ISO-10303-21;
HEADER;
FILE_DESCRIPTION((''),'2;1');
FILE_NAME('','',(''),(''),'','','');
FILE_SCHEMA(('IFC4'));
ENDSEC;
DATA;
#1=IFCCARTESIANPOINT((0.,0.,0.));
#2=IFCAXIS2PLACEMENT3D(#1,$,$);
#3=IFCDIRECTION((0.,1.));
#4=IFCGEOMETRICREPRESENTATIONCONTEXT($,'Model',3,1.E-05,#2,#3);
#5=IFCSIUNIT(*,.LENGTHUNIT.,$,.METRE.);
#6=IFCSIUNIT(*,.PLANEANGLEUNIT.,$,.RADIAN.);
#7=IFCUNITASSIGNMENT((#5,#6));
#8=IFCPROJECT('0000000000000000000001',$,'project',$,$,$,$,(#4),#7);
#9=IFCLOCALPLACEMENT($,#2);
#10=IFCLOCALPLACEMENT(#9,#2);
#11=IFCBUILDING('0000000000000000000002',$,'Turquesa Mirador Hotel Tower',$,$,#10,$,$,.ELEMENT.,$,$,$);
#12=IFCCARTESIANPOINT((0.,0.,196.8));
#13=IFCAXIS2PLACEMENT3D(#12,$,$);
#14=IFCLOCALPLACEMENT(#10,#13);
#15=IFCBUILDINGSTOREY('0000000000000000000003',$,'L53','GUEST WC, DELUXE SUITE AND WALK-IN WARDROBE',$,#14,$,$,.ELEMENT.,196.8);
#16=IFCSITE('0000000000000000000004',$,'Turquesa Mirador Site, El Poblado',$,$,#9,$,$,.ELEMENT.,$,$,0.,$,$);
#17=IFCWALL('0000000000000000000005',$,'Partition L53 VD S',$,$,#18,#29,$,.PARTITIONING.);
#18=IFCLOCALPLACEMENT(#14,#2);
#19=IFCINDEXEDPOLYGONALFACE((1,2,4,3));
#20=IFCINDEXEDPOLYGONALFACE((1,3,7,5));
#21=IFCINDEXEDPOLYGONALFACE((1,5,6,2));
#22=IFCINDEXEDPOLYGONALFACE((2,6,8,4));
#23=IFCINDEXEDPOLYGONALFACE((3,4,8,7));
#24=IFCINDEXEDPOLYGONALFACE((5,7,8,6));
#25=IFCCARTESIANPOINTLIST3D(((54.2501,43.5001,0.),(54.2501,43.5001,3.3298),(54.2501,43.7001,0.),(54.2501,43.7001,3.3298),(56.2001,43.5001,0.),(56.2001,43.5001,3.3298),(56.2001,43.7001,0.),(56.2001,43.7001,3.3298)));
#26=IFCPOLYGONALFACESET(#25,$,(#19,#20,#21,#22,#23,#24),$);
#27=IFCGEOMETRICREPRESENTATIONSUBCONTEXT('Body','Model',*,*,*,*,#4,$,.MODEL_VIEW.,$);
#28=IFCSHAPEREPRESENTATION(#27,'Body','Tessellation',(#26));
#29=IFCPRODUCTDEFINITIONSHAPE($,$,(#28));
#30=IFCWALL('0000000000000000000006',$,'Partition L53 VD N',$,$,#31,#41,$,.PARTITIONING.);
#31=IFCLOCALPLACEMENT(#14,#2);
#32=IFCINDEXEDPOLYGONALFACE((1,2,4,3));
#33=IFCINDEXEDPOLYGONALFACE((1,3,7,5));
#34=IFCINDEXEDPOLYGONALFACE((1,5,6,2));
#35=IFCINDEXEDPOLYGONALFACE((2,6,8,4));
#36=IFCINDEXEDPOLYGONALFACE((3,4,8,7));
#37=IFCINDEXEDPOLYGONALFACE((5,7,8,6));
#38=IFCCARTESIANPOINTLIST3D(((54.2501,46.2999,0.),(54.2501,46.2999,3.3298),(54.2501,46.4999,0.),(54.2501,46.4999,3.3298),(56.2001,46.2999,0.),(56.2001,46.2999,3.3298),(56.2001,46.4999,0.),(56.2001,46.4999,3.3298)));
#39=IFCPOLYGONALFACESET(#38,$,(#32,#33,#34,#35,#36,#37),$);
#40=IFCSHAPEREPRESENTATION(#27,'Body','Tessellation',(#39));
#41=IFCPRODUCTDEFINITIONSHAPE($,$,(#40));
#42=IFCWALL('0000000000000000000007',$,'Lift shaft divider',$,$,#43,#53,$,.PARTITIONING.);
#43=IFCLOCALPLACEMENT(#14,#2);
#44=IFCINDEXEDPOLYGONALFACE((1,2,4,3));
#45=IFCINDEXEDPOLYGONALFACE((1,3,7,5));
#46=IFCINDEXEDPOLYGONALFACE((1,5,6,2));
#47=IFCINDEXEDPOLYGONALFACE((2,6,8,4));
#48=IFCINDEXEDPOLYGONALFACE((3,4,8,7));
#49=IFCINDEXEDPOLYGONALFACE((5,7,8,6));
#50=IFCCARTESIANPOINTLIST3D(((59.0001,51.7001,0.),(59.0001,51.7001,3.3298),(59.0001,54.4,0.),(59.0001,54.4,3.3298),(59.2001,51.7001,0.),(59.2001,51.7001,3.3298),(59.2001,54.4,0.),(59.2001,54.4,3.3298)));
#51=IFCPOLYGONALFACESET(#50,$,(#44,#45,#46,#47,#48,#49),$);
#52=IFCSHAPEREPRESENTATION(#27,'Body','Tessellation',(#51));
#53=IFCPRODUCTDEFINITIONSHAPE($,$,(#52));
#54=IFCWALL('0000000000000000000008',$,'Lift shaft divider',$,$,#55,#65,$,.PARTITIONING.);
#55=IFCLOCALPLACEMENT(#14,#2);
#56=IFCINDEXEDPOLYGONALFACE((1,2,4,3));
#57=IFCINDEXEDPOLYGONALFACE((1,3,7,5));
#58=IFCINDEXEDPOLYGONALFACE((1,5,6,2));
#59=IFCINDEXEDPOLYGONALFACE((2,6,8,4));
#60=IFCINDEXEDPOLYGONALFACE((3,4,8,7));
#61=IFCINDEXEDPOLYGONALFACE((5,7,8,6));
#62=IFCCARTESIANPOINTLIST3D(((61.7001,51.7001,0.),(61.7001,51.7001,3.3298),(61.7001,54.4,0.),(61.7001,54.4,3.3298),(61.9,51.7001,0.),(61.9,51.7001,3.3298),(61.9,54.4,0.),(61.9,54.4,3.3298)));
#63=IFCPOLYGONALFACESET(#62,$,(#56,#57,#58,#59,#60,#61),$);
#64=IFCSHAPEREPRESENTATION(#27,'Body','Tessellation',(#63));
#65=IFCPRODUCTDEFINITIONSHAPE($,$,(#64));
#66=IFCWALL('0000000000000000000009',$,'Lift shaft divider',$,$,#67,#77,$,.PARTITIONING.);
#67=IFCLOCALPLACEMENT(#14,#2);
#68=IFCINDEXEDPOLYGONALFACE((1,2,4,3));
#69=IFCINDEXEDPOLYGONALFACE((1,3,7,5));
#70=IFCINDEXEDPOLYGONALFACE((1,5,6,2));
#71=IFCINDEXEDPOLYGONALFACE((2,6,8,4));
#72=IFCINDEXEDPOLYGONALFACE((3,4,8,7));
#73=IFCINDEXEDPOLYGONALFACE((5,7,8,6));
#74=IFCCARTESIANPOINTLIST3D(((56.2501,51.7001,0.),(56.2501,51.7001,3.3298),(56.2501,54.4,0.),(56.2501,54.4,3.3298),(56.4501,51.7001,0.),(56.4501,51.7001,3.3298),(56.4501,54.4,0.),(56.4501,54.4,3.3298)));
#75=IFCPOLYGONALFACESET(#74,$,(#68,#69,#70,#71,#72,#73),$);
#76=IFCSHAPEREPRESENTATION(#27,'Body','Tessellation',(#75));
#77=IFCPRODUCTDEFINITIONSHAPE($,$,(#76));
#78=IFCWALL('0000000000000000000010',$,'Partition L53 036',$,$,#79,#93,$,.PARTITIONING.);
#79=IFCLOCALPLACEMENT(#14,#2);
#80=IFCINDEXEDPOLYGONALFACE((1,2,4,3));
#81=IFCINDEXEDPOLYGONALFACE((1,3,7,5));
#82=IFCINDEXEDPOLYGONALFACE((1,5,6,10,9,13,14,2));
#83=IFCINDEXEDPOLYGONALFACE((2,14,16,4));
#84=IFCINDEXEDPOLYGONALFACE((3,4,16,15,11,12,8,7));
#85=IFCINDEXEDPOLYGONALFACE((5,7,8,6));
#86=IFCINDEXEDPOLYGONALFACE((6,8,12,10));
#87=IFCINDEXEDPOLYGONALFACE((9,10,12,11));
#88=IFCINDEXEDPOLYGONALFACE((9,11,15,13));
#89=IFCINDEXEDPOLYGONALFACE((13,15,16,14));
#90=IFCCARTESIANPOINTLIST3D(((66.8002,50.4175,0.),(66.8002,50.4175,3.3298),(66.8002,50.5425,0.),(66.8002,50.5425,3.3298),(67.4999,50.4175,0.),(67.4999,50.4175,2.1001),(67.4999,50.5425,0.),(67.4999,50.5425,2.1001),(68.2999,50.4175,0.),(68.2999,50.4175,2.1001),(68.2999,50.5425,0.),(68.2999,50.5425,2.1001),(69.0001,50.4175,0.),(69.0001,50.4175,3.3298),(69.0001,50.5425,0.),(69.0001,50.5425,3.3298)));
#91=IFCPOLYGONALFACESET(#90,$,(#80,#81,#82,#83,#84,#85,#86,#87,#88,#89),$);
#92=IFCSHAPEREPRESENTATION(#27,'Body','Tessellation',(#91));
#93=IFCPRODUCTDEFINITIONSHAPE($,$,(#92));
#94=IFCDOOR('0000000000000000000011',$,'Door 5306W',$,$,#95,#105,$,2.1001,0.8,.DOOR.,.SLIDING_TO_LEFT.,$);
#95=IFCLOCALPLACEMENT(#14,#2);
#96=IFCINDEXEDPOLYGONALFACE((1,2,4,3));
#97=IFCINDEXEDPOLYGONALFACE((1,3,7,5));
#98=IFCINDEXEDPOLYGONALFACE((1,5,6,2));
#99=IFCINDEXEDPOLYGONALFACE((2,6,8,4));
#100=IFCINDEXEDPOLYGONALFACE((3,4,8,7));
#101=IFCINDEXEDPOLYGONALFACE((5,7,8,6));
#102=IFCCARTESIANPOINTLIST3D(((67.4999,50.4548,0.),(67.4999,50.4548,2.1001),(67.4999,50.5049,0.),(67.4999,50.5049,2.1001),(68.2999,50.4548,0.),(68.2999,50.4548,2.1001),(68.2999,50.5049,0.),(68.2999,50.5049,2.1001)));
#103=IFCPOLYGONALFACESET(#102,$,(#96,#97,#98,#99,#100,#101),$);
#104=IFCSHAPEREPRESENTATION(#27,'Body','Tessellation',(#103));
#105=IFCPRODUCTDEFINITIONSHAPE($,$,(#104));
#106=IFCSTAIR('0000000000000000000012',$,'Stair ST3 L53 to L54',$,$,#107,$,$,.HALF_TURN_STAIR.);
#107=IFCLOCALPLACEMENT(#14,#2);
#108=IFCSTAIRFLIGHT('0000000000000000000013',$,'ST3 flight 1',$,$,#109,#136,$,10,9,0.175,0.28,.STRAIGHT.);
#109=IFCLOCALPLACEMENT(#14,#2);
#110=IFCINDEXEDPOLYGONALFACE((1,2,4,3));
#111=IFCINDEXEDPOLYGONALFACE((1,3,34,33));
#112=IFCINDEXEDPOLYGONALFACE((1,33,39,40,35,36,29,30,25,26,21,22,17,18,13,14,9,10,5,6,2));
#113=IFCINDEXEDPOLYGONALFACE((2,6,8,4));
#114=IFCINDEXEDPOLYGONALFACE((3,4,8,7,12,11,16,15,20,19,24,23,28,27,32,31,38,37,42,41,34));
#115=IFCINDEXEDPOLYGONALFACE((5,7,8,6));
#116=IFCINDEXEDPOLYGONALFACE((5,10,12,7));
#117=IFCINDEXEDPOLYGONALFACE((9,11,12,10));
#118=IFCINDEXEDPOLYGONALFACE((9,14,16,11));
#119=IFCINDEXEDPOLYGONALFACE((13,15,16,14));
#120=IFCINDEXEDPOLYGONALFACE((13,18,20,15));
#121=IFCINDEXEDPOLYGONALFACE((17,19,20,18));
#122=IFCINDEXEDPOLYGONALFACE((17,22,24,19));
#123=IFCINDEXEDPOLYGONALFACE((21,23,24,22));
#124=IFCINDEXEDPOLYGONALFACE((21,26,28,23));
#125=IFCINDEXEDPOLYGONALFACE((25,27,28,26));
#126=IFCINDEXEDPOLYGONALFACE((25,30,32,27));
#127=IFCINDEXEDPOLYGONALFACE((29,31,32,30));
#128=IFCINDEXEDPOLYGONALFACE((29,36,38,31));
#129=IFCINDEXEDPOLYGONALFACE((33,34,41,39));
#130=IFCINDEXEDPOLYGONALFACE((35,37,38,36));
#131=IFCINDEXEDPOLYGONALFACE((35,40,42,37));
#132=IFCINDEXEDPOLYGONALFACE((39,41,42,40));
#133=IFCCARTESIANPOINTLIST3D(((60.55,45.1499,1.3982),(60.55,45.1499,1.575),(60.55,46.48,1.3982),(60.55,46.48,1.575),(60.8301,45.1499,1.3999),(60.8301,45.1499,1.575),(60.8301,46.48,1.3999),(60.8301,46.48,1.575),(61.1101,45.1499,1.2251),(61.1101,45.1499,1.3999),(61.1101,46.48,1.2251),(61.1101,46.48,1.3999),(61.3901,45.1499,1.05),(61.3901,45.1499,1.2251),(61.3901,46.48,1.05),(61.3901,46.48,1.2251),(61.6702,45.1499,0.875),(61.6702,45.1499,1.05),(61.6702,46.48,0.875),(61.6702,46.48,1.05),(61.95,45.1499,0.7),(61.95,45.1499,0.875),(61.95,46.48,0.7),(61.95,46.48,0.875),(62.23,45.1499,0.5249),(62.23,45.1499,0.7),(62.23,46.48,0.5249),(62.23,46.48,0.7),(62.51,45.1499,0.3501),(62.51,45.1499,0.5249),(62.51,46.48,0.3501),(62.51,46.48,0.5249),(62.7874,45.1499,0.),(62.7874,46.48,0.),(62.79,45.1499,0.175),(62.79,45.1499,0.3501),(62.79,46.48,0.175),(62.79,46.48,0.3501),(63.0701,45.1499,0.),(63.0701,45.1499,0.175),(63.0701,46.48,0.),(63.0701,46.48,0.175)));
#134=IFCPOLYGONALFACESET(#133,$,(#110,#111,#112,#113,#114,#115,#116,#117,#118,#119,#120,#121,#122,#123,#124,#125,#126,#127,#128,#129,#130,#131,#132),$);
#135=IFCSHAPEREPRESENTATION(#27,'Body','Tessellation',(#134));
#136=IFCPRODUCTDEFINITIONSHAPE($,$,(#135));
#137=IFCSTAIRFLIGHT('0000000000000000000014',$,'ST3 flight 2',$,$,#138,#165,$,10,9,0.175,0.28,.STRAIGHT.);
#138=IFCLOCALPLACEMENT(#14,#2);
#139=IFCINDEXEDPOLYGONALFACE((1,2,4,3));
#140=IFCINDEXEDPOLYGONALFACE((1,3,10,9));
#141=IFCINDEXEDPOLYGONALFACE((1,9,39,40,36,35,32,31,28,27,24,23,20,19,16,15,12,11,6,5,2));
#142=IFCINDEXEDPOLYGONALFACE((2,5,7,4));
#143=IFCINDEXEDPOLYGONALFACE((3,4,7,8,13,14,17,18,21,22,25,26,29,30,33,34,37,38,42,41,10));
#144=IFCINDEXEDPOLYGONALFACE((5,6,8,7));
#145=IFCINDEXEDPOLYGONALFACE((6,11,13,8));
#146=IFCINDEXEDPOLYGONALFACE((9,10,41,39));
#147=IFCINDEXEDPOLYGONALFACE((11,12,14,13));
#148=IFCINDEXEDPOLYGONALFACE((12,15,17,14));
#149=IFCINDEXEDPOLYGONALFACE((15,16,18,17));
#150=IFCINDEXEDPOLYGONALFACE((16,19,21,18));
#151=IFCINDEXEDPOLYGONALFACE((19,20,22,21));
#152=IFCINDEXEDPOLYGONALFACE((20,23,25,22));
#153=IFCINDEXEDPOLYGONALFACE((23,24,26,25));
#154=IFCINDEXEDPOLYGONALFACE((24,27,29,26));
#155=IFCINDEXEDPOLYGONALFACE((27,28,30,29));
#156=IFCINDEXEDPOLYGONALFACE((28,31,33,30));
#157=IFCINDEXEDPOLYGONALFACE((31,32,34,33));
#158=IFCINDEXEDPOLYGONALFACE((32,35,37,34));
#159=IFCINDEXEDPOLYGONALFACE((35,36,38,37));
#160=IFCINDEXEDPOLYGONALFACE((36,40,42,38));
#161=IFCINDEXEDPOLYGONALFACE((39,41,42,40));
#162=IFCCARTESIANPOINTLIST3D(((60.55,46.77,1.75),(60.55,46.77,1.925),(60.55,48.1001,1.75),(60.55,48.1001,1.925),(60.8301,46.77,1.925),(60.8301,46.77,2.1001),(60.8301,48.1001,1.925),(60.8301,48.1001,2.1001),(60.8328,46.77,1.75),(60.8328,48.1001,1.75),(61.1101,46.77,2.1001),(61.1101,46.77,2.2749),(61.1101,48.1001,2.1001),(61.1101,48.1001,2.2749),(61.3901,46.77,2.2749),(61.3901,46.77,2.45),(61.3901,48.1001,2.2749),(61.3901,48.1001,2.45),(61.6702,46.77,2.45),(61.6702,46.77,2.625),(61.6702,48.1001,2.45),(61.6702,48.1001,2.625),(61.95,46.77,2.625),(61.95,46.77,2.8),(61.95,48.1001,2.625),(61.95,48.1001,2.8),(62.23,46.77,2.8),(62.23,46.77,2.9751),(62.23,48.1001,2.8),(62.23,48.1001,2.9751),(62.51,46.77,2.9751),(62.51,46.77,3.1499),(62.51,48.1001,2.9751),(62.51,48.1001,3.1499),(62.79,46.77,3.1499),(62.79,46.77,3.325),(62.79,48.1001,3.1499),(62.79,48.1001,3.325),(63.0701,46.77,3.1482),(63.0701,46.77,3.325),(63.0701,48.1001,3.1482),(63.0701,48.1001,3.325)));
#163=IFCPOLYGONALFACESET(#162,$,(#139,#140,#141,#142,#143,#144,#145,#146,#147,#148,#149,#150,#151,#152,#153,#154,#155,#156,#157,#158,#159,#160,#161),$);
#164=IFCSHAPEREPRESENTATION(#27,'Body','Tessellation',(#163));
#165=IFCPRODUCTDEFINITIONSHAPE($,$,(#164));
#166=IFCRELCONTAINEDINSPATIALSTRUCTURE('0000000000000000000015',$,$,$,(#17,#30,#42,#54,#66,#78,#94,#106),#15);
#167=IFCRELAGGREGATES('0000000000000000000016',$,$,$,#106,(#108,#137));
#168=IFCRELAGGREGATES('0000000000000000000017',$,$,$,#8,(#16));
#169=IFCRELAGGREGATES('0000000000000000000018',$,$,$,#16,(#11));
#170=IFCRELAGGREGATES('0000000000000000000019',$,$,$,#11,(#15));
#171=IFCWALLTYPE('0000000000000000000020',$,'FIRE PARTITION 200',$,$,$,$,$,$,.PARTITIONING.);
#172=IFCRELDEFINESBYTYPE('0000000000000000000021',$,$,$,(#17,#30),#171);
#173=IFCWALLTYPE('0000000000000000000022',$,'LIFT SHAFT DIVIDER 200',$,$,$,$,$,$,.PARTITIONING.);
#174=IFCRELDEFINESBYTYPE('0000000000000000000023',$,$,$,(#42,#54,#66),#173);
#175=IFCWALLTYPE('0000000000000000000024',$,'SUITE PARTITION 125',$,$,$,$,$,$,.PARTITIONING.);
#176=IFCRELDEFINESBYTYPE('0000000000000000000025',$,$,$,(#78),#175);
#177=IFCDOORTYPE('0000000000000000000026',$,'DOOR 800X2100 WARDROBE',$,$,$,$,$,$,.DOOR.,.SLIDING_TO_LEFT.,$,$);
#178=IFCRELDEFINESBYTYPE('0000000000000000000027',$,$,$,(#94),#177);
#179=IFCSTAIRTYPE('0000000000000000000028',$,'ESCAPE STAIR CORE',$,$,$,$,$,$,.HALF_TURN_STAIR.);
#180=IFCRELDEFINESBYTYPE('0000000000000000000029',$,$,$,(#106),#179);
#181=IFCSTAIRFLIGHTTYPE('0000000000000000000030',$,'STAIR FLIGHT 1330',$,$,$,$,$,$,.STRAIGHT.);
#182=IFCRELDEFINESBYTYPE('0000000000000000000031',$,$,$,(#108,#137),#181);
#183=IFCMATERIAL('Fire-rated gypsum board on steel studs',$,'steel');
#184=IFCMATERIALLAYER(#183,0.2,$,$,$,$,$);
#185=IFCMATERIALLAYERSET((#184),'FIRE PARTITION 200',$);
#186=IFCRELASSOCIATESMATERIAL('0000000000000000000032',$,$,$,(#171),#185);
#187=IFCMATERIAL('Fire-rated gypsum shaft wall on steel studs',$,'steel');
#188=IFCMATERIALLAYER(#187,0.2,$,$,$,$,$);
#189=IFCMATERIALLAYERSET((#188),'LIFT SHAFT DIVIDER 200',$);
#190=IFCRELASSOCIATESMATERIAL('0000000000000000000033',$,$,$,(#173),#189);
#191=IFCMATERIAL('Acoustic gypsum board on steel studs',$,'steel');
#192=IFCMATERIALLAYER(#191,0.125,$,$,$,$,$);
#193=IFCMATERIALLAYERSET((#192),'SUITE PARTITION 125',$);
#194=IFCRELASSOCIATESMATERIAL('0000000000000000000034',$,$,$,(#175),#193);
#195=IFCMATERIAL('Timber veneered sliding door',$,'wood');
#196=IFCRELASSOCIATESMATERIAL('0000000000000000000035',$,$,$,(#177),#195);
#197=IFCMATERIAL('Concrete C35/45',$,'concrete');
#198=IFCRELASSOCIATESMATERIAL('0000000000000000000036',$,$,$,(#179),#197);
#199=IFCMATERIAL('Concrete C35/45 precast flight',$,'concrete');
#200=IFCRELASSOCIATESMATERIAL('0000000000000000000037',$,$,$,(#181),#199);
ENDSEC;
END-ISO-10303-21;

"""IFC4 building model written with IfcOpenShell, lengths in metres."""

from ifc_helpers import new_model, si_unit, direction, frame, frame_2d, origin, place, context, subcontext, project, spatial, polyline, rectangle, outline, extrude, material, layer, layer_set, type_object, element, fill, aggregate, save


model = new_model("IFC4")

# Units and contexts
model_context = context("Model", 3, precision=1e-05, world=origin(), true_north=direction((0.0, 1.0)))
body_context = subcontext(model_context, "Body", "Model", "MODEL_VIEW")
ifc_project = project(units=[si_unit("LENGTHUNIT", "METRE"), si_unit("PLANEANGLEUNIT", "RADIAN")], contexts=[model_context])

# Site, building, storey
site_placement = place(None, origin())
site = spatial("IfcSite", under=ifc_project, at=site_placement, Name="Turquesa Mirador Site, El Poblado", CompositionType="ELEMENT", RefElevation=0.0)
building_placement = place(site_placement, origin())
building = spatial("IfcBuilding", under=site, at=building_placement, Name="Turquesa Mirador Hotel Tower", CompositionType="ELEMENT")
storey_placement = place(building_placement, frame((0.0, 0.0, 196.8)))
storey = spatial("IfcBuildingStorey", under=building, at=storey_placement, Name="L53", Description="GUEST WC, DELUXE SUITE AND WALK-IN WARDROBE", CompositionType="ELEMENT", Elevation=196.8)

# Shared definitions
ifc_material_1 = material(Name="Fire-rated gypsum board on steel studs", Category="steel")
ifc_layer_1 = layer(ifc_material_1, 0.2)
ifc_layer_set_1 = layer_set([ifc_layer_1], Name="FIRE PARTITION 200")
wall_type_1 = type_object("IfcWallType", Name="FIRE PARTITION 200", PredefinedType="PARTITIONING", material=ifc_layer_set_1)

# Walls
for number, where, z_axis, x_axis, name in (
    (1, (54.25, 43.6001, 0.0), (0.0, 0.0, 1.0), (1.0, 0.0, 0.0), "Partition L53 VD S"),
    (2, (54.25, 46.3999, 0.0), (0.0, 0.0, 1.0), (1.0, 0.0, 0.0), "Partition L53 VD N"),
):
    element("IfcWall", number, at=place(storey_placement, frame(where, z_axis=z_axis, x_axis=x_axis)), inside=storey, type_object=wall_type_1, Name=name, PredefinedType="PARTITIONING", context=body_context, shape_type="SweptSolid", body=[
        extrude(rectangle(XDim=1.95, YDim=0.2, at=frame_2d((0.9751, 0.0))), origin(), (0.0, 0.0, 1.0), 3.3298),
    ])
ifc_material_2 = material(Name="Fire-rated gypsum shaft wall on steel studs", Category="steel")
ifc_layer_2 = layer(ifc_material_2, 0.2)
ifc_layer_set_2 = layer_set([ifc_layer_2], Name="LIFT SHAFT DIVIDER 200")
wall_type_2 = type_object("IfcWallType", Name="LIFT SHAFT DIVIDER 200", PredefinedType="PARTITIONING", material=ifc_layer_set_2)
for number, where, z_axis, x_axis, name in (
    (3, (59.1001, 51.7, 0.0), (0.0, 0.0, 1.0), (0.0, 1.0, 0.0), "Lift shaft divider"),
    (4, (61.8, 51.7, 0.0), (0.0, 0.0, 1.0), (0.0, 1.0, 0.0), "Lift shaft divider"),
    (5, (56.3501, 51.7, 0.0), (0.0, 0.0, 1.0), (0.0, 1.0, 0.0), "Lift shaft divider"),
):
    element("IfcWall", number, at=place(storey_placement, frame(where, z_axis=z_axis, x_axis=x_axis)), inside=storey, type_object=wall_type_2, Name=name, PredefinedType="PARTITIONING", context=body_context, shape_type="SweptSolid", body=[
        extrude(rectangle(XDim=2.7, YDim=0.2, at=frame_2d((1.3501, 0.0))), origin(), (0.0, 0.0, 1.0), 3.3298),
    ])

# Wall, opening, door
ifc_material_3 = material(Name="Acoustic gypsum board on steel studs", Category="steel")
ifc_layer_3 = layer(ifc_material_3, 0.125)
ifc_layer_set_3 = layer_set([ifc_layer_3], Name="SUITE PARTITION 125")
wall_type_3 = type_object("IfcWallType", Name="SUITE PARTITION 125", PredefinedType="PARTITIONING", material=ifc_layer_set_3)
wall_1_placement = place(storey_placement, frame((66.8, 50.48, 0.0), z_axis=(0.0, 0.0, 1.0), x_axis=(1.0, 0.0, 0.0)))
wall_1 = element("IfcWall", 6, at=wall_1_placement, inside=storey, type_object=wall_type_3, Name="Partition L53 036", PredefinedType="PARTITIONING", context=body_context, shape_type="SweptSolid", body=[
    extrude(rectangle(XDim=2.2, YDim=0.125, at=frame_2d((1.1001, 0.0))), origin(), (0.0, 0.0, 1.0), 3.3298),
])
opening_1_placement = place(wall_1_placement, frame((0.7, 0.0, 0.0)))
opening_1 = element("IfcOpeningElement", 7, at=opening_1_placement, cuts=wall_1, PredefinedType="OPENING", context=body_context, shape_type="SweptSolid", body=[
    extrude(rectangle(XDim=0.8, YDim=2.1001, at=frame_2d((0.3999, 1.05))), frame((0.0, 0.0725, 0.0), z_axis=(0.0, -1.0, 0.0), x_axis=(1.0, 0.0, 0.0)), (0.0, 0.0, 1.0), 0.145),
])
ifc_material_4 = material(Name="Timber veneered sliding door", Category="wood")
door_type_1 = type_object("IfcDoorType", Name="DOOR 800X2100 WARDROBE", OperationType="SLIDING_TO_LEFT", PredefinedType="DOOR", material=ifc_material_4)
door_1_placement = place(opening_1_placement, origin())
door_1 = element("IfcDoor", 8, at=door_1_placement, inside=storey, type_object=door_type_1, Name="Door 5306W", OperationType="SLIDING_TO_LEFT", OverallHeight=2.1001, OverallWidth=0.8, PredefinedType="DOOR", context=body_context, shape_type="SweptSolid", body=[
    extrude(rectangle(XDim=0.8, YDim=2.1001, at=frame_2d((0.3999, 1.05))), frame((0.0, 0.0249, 0.0), z_axis=(0.0, -1.0, 0.0), x_axis=(1.0, 0.0, 0.0)), (0.0, 0.0, 1.0), 0.05),
])
fill(opening_1, door_1)

# Stair, stair flights
ifc_material_5 = material(Name="Concrete C35/45", Category="concrete")
stair_type = type_object("IfcStairType", Name="ESCAPE STAIR CORE", PredefinedType="HALF_TURN_STAIR", material=ifc_material_5)
stair_placement = place(storey_placement, origin())
stair = element("IfcStair", 9, at=stair_placement, inside=storey, type_object=stair_type, Name="Stair ST3 L53 to L54", PredefinedType="HALF_TURN_STAIR")
ifc_material_6 = material(Name="Concrete C35/45 precast flight", Category="concrete")
stair_flight_type = type_object("IfcStairFlightType", Name="STAIR FLIGHT 1330", PredefinedType="STRAIGHT", material=ifc_material_6)
stair_flight_1_placement = place(storey_placement, frame((63.0701, 45.8149, 0.0), z_axis=(0.0, 0.0, 1.0), x_axis=(-1.0, 0.0, 0.0)))
stair_flight_1 = element("IfcStairFlight", 10, at=stair_flight_1_placement, type_object=stair_flight_type, Name="ST3 flight 1", NumberOfRisers=10, NumberOfTreads=9, PredefinedType="STRAIGHT", RiserHeight=0.175, TreadLength=0.28, context=body_context, shape_type="SweptSolid", body=[
    extrude(outline(polyline([(0.0, 0.0), (0.0, 0.175), (0.28, 0.175), (0.28, 0.3501), (0.5601, 0.3501), (0.5601, 0.5249), (0.8401, 0.5249), (0.8401, 0.7), (1.1201, 0.7), (1.1201, 0.875), (1.3999, 0.875), (1.3999, 1.05), (1.6799, 1.05), (1.6799, 1.2251), (1.96, 1.2251), (1.96, 1.3999), (2.24, 1.3999), (2.24, 1.575), (2.52, 1.575), (2.52, 1.75), (2.52, 1.3982), (0.2827, 0.0), (0.0, 0.0)])), frame((0.0, 0.665, 0.0), z_axis=(0.0, -1.0, 0.0), x_axis=(1.0, 0.0, 0.0)), (0.0, 0.0, 1.0), 1.3301),
])
stair_flight_2_placement = place(storey_placement, frame((60.55, 47.4351, 1.75), z_axis=(0.0, 0.0, 1.0), x_axis=(1.0, 0.0, 0.0)))
stair_flight_2 = element("IfcStairFlight", 11, at=stair_flight_2_placement, type_object=stair_flight_type, Name="ST3 flight 2", NumberOfRisers=10, NumberOfTreads=9, PredefinedType="STRAIGHT", RiserHeight=0.175, TreadLength=0.28, context=body_context, shape_type="SweptSolid", body=[
    extrude(outline(polyline([(0.0, 0.0), (0.0, 0.175), (0.28, 0.175), (0.28, 0.3501), (0.5601, 0.3501), (0.5601, 0.5249), (0.8401, 0.5249), (0.8401, 0.7), (1.1201, 0.7), (1.1201, 0.875), (1.3999, 0.875), (1.3999, 1.05), (1.6799, 1.05), (1.6799, 1.2251), (1.96, 1.2251), (1.96, 1.3999), (2.24, 1.3999), (2.24, 1.575), (2.52, 1.575), (2.52, 1.75), (2.52, 1.3982), (0.2827, 0.0), (0.0, 0.0)])), frame((0.0, 0.665, 0.0), z_axis=(0.0, -1.0, 0.0), x_axis=(1.0, 0.0, 0.0)), (0.0, 0.0, 1.0), 1.3301),
])
aggregate(stair, [stair_flight_1, stair_flight_2])

save(model, "model.ifc")
